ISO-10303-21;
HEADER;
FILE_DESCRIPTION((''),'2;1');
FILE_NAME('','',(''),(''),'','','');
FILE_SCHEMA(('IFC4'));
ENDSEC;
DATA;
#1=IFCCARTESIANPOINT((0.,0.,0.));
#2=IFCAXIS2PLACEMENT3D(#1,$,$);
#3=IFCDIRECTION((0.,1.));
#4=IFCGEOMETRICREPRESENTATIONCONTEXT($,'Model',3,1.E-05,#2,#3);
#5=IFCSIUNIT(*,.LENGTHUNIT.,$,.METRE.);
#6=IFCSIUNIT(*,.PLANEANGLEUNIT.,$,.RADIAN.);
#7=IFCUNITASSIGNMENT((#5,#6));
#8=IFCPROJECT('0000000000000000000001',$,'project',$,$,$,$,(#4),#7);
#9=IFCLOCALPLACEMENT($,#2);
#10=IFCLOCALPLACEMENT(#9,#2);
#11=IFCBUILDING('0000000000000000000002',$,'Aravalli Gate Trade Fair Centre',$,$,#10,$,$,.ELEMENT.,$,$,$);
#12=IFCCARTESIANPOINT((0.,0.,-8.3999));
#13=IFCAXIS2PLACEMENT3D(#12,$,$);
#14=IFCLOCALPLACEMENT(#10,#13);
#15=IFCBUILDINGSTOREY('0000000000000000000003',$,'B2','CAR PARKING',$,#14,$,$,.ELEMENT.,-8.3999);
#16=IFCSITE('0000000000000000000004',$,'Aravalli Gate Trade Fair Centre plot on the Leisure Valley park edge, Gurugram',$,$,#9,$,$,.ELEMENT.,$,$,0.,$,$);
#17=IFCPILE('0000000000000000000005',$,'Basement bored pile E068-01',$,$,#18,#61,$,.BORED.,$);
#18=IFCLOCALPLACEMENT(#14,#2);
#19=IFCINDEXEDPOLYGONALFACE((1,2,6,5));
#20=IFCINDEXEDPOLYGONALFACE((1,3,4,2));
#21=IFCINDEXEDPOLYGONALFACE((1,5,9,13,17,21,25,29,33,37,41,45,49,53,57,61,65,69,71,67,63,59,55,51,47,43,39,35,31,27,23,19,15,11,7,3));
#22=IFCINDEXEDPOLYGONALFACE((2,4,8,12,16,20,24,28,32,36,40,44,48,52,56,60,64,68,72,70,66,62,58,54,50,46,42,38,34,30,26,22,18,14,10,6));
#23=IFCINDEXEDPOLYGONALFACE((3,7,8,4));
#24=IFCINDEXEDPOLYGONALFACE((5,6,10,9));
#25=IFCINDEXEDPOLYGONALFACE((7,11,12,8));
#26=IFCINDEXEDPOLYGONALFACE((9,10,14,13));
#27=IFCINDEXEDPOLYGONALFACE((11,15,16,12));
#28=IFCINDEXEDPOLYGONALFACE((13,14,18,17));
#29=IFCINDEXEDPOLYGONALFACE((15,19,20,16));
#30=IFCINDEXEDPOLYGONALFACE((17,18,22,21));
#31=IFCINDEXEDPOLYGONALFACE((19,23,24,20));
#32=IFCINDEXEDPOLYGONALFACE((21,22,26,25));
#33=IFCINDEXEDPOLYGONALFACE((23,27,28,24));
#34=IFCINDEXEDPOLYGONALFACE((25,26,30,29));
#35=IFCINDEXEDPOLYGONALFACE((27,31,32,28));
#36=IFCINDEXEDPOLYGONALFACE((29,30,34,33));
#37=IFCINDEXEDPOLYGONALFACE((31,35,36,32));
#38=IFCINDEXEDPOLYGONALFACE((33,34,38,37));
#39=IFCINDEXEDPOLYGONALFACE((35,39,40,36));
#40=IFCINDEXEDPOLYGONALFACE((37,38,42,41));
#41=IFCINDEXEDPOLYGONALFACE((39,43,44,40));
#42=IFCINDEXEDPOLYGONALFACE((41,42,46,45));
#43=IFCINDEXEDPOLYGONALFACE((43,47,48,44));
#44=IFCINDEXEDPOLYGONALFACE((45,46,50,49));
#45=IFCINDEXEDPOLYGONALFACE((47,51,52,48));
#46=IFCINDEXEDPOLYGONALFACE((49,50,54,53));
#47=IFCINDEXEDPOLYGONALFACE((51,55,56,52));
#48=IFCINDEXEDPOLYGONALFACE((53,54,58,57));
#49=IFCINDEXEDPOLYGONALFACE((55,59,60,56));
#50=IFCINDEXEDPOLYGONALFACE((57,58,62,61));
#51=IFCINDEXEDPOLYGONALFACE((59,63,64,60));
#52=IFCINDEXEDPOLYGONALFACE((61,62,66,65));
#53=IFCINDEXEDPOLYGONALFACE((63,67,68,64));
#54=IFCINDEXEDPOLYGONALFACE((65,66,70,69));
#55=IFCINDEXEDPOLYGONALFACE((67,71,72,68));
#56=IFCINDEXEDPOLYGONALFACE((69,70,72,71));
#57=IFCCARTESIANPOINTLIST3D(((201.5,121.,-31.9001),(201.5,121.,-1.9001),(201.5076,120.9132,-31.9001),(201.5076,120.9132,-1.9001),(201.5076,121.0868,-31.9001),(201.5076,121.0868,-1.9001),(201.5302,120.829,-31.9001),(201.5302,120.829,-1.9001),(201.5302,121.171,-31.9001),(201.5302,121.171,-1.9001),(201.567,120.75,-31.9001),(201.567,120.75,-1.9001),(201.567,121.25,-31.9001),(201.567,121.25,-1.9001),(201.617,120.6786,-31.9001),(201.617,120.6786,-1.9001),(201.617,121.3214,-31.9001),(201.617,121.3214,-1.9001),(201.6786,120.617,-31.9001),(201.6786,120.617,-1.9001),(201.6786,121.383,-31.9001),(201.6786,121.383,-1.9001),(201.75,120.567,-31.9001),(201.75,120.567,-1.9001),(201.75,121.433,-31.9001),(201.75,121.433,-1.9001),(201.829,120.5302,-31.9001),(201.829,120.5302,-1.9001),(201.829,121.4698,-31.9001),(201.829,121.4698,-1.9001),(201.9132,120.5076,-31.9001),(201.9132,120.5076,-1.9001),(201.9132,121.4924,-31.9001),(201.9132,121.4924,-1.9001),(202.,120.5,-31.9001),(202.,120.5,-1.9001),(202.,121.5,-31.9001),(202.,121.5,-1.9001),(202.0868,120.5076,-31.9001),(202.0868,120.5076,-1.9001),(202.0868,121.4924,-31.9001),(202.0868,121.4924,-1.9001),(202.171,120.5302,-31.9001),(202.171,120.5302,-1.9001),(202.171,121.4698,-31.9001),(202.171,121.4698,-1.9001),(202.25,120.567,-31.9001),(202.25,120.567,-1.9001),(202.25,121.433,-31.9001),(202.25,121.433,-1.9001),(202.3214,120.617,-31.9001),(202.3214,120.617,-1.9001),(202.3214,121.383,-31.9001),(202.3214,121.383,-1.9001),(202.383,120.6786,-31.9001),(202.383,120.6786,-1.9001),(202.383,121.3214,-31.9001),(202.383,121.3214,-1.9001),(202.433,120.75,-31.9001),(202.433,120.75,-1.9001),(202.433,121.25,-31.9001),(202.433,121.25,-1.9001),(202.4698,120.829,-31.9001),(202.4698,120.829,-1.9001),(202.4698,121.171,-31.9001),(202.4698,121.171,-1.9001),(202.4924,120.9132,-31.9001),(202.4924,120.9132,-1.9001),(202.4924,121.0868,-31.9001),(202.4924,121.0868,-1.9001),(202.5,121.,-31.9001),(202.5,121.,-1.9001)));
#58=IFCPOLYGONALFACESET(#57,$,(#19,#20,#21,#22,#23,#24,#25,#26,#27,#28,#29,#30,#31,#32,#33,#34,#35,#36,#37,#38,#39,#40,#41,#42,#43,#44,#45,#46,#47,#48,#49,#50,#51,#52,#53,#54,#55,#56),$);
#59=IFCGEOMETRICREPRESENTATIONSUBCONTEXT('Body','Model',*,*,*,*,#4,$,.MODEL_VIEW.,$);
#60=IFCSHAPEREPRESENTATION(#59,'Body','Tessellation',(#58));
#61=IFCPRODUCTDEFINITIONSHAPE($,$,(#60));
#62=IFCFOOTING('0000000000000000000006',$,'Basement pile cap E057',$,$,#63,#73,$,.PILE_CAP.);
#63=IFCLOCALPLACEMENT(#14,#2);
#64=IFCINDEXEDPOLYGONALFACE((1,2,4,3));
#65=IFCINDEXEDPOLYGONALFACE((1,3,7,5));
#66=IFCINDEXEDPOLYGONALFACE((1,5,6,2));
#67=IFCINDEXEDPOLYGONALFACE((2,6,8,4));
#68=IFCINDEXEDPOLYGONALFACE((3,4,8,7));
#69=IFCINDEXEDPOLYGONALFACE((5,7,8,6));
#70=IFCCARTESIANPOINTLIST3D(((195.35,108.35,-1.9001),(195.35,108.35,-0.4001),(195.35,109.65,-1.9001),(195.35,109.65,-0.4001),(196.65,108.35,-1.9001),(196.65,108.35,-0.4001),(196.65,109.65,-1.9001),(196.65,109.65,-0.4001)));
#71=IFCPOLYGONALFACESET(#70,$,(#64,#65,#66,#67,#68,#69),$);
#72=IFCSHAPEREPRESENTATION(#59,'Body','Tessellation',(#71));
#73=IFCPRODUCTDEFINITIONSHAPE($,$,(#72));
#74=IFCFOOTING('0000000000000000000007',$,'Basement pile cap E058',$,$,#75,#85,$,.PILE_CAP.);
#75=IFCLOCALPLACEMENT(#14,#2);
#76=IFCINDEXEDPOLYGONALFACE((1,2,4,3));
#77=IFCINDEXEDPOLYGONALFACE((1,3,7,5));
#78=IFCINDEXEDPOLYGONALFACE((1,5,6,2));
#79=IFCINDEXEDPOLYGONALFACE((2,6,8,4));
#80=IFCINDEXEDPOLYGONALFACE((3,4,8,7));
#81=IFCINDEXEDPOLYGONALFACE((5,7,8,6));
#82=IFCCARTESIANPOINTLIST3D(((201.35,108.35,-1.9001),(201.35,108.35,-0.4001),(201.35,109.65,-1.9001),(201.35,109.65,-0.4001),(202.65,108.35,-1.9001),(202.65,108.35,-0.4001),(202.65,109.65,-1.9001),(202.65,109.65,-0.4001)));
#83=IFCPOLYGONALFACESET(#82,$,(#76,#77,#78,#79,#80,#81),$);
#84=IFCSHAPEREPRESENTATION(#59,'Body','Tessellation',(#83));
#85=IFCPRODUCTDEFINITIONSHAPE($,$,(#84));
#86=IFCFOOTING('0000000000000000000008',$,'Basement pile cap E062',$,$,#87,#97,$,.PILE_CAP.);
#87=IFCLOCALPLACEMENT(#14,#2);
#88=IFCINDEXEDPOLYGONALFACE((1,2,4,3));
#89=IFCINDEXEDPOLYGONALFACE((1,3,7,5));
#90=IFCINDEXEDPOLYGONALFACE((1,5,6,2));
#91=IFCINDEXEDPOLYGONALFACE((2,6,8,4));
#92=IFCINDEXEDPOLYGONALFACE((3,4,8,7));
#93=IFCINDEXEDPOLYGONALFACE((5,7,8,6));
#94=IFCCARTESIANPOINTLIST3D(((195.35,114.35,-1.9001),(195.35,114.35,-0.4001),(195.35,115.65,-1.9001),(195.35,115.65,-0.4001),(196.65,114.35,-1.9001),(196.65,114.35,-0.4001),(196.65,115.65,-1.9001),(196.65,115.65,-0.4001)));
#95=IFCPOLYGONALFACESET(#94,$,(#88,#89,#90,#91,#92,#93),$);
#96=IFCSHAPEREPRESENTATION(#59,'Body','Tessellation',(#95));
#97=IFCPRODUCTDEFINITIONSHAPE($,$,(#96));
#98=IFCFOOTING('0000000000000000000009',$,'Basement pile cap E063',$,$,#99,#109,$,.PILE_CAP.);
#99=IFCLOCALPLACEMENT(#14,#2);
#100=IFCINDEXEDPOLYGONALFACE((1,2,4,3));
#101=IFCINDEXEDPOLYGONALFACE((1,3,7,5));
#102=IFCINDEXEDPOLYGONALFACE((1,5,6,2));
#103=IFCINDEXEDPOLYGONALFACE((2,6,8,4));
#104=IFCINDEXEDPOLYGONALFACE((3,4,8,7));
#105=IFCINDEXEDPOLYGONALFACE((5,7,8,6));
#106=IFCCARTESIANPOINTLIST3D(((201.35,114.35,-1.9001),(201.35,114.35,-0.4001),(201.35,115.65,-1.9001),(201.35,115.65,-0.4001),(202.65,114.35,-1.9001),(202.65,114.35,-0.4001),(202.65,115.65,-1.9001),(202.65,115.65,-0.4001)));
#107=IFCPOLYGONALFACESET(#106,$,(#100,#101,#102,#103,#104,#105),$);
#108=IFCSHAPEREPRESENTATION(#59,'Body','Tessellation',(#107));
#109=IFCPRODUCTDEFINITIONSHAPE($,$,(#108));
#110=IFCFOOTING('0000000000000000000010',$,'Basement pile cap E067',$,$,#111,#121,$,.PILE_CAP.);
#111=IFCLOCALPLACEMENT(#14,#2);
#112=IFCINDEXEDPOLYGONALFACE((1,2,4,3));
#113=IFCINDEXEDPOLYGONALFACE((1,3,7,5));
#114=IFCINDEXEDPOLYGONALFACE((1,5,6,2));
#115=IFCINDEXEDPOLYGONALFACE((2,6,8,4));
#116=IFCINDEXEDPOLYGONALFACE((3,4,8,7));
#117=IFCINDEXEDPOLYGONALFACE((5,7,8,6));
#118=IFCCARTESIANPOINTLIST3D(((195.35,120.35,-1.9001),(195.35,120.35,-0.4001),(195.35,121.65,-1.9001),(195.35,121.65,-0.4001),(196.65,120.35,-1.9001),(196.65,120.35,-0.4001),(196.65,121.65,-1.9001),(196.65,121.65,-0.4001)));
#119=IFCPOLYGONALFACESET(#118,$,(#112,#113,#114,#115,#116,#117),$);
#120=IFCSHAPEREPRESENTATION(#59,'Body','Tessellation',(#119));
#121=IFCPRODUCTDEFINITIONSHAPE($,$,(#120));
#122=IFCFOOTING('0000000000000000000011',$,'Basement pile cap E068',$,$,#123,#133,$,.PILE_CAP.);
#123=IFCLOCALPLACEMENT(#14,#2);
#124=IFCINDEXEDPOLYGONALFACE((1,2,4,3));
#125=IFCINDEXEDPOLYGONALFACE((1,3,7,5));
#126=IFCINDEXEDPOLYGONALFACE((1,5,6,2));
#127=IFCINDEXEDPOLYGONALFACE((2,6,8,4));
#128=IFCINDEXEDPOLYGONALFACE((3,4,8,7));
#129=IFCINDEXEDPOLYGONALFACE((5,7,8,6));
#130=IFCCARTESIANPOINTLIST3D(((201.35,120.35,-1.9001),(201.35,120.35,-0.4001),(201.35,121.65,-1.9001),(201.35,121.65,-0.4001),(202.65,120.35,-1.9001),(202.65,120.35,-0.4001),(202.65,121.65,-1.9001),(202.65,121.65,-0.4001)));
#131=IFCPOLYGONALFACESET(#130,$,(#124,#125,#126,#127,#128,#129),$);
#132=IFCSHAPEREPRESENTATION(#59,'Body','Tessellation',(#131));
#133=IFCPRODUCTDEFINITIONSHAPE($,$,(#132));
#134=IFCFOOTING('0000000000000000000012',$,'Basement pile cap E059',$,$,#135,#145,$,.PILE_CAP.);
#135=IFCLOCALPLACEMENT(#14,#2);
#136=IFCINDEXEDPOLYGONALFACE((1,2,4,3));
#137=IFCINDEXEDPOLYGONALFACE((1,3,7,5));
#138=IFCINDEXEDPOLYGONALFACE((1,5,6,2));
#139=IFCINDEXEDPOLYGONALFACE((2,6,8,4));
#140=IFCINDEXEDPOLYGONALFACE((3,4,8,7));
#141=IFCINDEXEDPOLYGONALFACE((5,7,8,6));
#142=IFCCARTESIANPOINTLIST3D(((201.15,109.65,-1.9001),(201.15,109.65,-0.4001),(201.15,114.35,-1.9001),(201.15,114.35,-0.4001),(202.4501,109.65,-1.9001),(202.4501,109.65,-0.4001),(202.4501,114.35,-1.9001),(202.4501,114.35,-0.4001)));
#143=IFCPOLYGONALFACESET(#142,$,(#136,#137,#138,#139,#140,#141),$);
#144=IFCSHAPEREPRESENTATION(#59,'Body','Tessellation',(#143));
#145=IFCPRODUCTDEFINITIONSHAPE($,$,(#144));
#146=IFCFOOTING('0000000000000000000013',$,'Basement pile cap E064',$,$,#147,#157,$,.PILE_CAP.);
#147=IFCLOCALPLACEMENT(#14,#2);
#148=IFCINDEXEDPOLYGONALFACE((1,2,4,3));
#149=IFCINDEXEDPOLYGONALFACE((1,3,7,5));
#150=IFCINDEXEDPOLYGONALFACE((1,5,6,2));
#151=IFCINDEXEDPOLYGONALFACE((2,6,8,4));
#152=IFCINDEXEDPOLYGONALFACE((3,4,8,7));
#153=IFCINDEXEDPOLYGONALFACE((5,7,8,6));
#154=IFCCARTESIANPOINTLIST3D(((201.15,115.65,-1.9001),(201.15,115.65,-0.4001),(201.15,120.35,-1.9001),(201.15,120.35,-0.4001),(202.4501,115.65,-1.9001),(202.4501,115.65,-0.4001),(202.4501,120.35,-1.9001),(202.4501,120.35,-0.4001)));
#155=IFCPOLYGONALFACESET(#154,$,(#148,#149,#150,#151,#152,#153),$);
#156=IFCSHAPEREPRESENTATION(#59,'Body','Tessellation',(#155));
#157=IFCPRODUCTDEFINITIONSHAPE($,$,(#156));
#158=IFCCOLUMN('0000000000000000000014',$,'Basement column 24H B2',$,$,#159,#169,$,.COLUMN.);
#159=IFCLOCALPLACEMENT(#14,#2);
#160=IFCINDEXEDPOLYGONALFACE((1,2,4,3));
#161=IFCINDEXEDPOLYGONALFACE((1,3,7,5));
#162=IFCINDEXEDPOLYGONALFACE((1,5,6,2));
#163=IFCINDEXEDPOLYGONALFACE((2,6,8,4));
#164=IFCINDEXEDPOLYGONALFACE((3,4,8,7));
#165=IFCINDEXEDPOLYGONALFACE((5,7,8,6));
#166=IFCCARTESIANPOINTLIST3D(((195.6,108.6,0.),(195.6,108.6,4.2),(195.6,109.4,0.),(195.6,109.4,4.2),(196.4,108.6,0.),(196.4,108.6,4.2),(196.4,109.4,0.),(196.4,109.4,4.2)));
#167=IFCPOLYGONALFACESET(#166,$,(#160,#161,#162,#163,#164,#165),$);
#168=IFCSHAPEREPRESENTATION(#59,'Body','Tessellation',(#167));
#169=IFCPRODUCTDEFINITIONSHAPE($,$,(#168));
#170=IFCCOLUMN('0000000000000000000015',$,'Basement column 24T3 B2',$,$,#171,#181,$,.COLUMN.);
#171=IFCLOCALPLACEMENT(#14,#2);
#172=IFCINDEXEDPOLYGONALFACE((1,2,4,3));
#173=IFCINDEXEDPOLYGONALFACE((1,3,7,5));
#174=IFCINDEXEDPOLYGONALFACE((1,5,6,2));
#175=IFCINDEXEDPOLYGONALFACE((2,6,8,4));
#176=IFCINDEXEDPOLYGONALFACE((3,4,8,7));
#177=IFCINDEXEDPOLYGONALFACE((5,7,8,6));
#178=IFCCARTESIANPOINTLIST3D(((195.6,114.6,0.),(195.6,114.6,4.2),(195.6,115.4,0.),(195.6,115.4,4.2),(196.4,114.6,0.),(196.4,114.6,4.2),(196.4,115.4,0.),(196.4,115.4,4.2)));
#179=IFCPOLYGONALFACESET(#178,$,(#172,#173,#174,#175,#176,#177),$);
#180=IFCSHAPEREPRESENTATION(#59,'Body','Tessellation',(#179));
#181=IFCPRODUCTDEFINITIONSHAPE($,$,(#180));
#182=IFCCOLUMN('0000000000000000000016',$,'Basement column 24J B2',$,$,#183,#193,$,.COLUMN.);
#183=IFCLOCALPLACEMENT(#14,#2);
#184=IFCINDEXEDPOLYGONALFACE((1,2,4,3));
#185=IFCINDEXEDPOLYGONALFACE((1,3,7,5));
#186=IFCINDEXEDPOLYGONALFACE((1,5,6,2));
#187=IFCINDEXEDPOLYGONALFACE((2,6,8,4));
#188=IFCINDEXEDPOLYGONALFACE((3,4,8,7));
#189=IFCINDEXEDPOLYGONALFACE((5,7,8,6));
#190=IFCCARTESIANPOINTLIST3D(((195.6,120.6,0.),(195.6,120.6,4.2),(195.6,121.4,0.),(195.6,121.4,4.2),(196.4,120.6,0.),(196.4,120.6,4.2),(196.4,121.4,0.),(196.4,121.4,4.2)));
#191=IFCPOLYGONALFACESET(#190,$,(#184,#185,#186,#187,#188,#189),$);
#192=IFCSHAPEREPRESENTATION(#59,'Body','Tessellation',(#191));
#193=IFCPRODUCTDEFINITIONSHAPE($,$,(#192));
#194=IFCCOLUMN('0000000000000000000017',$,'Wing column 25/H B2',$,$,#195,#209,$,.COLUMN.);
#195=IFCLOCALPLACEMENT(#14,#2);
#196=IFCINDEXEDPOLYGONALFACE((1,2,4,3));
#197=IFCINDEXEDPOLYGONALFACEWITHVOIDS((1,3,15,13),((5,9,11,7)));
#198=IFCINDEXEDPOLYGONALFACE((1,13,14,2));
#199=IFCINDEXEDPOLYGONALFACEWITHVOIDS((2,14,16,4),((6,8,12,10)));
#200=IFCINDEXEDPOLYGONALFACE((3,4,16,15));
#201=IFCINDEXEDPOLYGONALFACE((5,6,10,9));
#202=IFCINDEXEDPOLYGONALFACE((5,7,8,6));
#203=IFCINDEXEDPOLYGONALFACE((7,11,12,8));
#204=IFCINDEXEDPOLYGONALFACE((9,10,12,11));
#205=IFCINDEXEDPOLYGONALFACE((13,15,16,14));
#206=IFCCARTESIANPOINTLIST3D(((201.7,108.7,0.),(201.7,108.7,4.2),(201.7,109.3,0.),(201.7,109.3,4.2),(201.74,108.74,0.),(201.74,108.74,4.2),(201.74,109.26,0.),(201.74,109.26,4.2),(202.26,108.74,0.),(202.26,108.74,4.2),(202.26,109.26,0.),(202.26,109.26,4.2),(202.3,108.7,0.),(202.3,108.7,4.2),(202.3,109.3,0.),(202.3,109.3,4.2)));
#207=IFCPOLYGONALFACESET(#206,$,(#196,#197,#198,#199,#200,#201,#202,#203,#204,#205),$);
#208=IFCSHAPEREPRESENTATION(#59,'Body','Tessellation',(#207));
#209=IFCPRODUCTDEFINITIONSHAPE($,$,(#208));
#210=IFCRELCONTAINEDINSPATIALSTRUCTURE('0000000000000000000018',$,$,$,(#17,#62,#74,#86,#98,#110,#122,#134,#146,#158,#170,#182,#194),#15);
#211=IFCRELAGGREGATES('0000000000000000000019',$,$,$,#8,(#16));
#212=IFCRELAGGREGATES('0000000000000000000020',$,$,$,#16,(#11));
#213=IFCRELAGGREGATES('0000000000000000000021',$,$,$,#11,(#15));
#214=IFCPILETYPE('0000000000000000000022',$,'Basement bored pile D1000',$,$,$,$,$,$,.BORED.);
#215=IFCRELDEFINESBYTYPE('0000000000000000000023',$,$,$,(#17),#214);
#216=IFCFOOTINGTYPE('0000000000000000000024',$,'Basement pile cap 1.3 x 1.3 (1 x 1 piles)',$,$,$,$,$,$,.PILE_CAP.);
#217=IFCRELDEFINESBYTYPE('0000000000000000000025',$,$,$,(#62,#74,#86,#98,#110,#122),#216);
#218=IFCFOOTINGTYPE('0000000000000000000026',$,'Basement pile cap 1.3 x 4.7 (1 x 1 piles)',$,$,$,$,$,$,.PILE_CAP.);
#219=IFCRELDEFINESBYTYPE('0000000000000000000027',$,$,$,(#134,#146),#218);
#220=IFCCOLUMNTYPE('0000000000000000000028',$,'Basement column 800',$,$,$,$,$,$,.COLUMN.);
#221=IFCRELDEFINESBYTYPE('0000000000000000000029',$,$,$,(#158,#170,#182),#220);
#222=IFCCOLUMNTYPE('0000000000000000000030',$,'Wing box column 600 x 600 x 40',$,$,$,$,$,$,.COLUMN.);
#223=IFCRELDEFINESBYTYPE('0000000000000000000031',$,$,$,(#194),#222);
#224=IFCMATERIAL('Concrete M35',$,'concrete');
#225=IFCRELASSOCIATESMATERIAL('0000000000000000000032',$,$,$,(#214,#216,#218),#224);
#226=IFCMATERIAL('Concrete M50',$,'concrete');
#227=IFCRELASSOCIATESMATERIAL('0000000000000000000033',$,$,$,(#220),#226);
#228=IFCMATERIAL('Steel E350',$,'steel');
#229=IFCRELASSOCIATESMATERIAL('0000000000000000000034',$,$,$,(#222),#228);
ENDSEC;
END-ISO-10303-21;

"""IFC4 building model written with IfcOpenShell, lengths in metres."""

from ifc_helpers import new_model, si_unit, direction, frame, origin, origin_2d, place, context, subcontext, project, spatial, rectangle, hollow_rectangle, circle, extrude, material, material_profile, profile_set, type_object, element, save


model = new_model("IFC4")

# Units and contexts
model_context = context("Model", 3, precision=1e-05, world=origin(), true_north=direction((0.0, 1.0)))
body_context = subcontext(model_context, "Body", "Model", "MODEL_VIEW")
ifc_project = project(units=[si_unit("LENGTHUNIT", "METRE"), si_unit("PLANEANGLEUNIT", "RADIAN")], contexts=[model_context])

# Site, building, storey
site_placement = place(None, origin())
site = spatial("IfcSite", under=ifc_project, at=site_placement, Name="Aravalli Gate Trade Fair Centre plot on the Leisure Valley park edge, Gurugram", CompositionType="ELEMENT", RefElevation=0.0)
building_placement = place(site_placement, origin())
building = spatial("IfcBuilding", under=site, at=building_placement, Name="Aravalli Gate Trade Fair Centre", CompositionType="ELEMENT")
storey_placement = place(building_placement, frame((0.0, 0.0, -8.3999)))
storey = spatial("IfcBuildingStorey", under=building, at=storey_placement, Name="B2", Description="CAR PARKING", CompositionType="ELEMENT", Elevation=-8.3999)

# Pile
ifc_material_1 = material(Name="Concrete M35", Category="concrete")
ifc_material_profile_1 = material_profile(ifc_material_1, circle(Radius=0.5, at=origin_2d()), Name="D1000")
ifc_profile_set_1 = profile_set([ifc_material_profile_1], Name="Concrete M35")
pile_type = type_object("IfcPileType", Name="Basement bored pile D1000", PredefinedType="BORED", material=ifc_profile_set_1)
for number, where, z_axis, x_axis, name in (
    (1, (202.0, 121.0, -1.9001), (0.0, 0.0, -1.0), (1.0, 0.0, 0.0), "Basement bored pile E068-01"),
):
    element("IfcPile", number, at=place(storey_placement, frame(where, z_axis=z_axis, x_axis=x_axis)), inside=storey, type_object=pile_type, Name=name, PredefinedType="BORED", context=body_context, shape_type="SweptSolid", body=[
        extrude(circle(Radius=0.5, at=origin_2d()), origin(), (0.0, 0.0, 1.0), 30.0),
    ])

# Footings
footing_type_1 = type_object("IfcFootingType", Name="Basement pile cap 1.3 x 1.3 (1 x 1 piles)", PredefinedType="PILE_CAP", material=ifc_material_1)
for number, where, z_axis, x_axis, name in (
    (2, (196.0, 109.0, -1.9001), (0.0, 0.0, 1.0), (1.0, 0.0, 0.0), "Basement pile cap E057"),
    (3, (202.0, 109.0, -1.9001), (0.0, 0.0, 1.0), (1.0, 0.0, 0.0), "Basement pile cap E058"),
    (4, (196.0, 115.0, -1.9001), (0.0, 0.0, 1.0), (1.0, 0.0, 0.0), "Basement pile cap E062"),
    (5, (202.0, 115.0, -1.9001), (0.0, 0.0, 1.0), (1.0, 0.0, 0.0), "Basement pile cap E063"),
    (6, (196.0, 121.0, -1.9001), (0.0, 0.0, 1.0), (1.0, 0.0, 0.0), "Basement pile cap E067"),
    (7, (202.0, 121.0, -1.9001), (0.0, 0.0, 1.0), (1.0, 0.0, 0.0), "Basement pile cap E068"),
):
    element("IfcFooting", number, at=place(storey_placement, frame(where, z_axis=z_axis, x_axis=x_axis)), inside=storey, type_object=footing_type_1, Name=name, PredefinedType="PILE_CAP", context=body_context, shape_type="SweptSolid", body=[
        extrude(rectangle(XDim=1.3, YDim=1.3, at=origin_2d()), origin(), (0.0, 0.0, 1.0), 1.5),
    ])
footing_type_2 = type_object("IfcFootingType", Name="Basement pile cap 1.3 x 4.7 (1 x 1 piles)", PredefinedType="PILE_CAP", material=ifc_material_1)
for number, where, z_axis, x_axis, name in (
    (8, (201.8, 112.0, -1.9001), (0.0, 0.0, 1.0), (1.0, 0.0, 0.0), "Basement pile cap E059"),
    (9, (201.8, 118.0, -1.9001), (0.0, 0.0, 1.0), (1.0, 0.0, 0.0), "Basement pile cap E064"),
):
    element("IfcFooting", number, at=place(storey_placement, frame(where, z_axis=z_axis, x_axis=x_axis)), inside=storey, type_object=footing_type_2, Name=name, PredefinedType="PILE_CAP", context=body_context, shape_type="SweptSolid", body=[
        extrude(rectangle(XDim=1.3, YDim=4.7, at=origin_2d()), origin(), (0.0, 0.0, 1.0), 1.5),
    ])

# Columns
ifc_material_2 = material(Name="Concrete M50", Category="concrete")
ifc_material_profile_2 = material_profile(ifc_material_2, rectangle(XDim=0.8, YDim=0.8, at=origin_2d()), Name="RC 800 x 800")
ifc_profile_set_2 = profile_set([ifc_material_profile_2], Name="Concrete M50")
column_type_1 = type_object("IfcColumnType", Name="Basement column 800", PredefinedType="COLUMN", material=ifc_profile_set_2)
for number, where, z_axis, x_axis, name in (
    (10, (196.0, 109.0, 0.0), (0.0, 0.0, 1.0), (1.0, 0.0, 0.0), "Basement column 24H B2"),
    (11, (196.0, 115.0, 0.0), (0.0, 0.0, 1.0), (1.0, 0.0, 0.0), "Basement column 24T3 B2"),
    (12, (196.0, 121.0, 0.0), (0.0, 0.0, 1.0), (1.0, 0.0, 0.0), "Basement column 24J B2"),
):
    element("IfcColumn", number, at=place(storey_placement, frame(where, z_axis=z_axis, x_axis=x_axis)), inside=storey, type_object=column_type_1, Name=name, PredefinedType="COLUMN", context=body_context, shape_type="SweptSolid", body=[
        extrude(rectangle(XDim=0.8, YDim=0.8, at=origin_2d()), origin(), (0.0, 0.0, 1.0), 4.2),
    ])
ifc_material_3 = material(Name="Steel E350", Category="steel")
ifc_material_profile_3 = material_profile(ifc_material_3, hollow_rectangle(XDim=0.6001, YDim=0.6001, WallThickness=0.04, at=origin_2d()), Name="BOX 600x600x40")
ifc_profile_set_3 = profile_set([ifc_material_profile_3], Name="Steel E350")
column_type_2 = type_object("IfcColumnType", Name="Wing box column 600 x 600 x 40", PredefinedType="COLUMN", material=ifc_profile_set_3)
for number, where, z_axis, x_axis, name in (
    (13, (202.0, 109.0, 0.0), (0.0, 0.0, 1.0), (1.0, 0.0, 0.0), "Wing column 25/H B2"),
):
    element("IfcColumn", number, at=place(storey_placement, frame(where, z_axis=z_axis, x_axis=x_axis)), inside=storey, type_object=column_type_2, Name=name, PredefinedType="COLUMN", context=body_context, shape_type="SweptSolid", body=[
        extrude(hollow_rectangle(XDim=0.6001, YDim=0.6001, WallThickness=0.04, at=origin_2d()), origin(), (0.0, 0.0, 1.0), 4.2),
    ])

save(model, "model.ifc")
